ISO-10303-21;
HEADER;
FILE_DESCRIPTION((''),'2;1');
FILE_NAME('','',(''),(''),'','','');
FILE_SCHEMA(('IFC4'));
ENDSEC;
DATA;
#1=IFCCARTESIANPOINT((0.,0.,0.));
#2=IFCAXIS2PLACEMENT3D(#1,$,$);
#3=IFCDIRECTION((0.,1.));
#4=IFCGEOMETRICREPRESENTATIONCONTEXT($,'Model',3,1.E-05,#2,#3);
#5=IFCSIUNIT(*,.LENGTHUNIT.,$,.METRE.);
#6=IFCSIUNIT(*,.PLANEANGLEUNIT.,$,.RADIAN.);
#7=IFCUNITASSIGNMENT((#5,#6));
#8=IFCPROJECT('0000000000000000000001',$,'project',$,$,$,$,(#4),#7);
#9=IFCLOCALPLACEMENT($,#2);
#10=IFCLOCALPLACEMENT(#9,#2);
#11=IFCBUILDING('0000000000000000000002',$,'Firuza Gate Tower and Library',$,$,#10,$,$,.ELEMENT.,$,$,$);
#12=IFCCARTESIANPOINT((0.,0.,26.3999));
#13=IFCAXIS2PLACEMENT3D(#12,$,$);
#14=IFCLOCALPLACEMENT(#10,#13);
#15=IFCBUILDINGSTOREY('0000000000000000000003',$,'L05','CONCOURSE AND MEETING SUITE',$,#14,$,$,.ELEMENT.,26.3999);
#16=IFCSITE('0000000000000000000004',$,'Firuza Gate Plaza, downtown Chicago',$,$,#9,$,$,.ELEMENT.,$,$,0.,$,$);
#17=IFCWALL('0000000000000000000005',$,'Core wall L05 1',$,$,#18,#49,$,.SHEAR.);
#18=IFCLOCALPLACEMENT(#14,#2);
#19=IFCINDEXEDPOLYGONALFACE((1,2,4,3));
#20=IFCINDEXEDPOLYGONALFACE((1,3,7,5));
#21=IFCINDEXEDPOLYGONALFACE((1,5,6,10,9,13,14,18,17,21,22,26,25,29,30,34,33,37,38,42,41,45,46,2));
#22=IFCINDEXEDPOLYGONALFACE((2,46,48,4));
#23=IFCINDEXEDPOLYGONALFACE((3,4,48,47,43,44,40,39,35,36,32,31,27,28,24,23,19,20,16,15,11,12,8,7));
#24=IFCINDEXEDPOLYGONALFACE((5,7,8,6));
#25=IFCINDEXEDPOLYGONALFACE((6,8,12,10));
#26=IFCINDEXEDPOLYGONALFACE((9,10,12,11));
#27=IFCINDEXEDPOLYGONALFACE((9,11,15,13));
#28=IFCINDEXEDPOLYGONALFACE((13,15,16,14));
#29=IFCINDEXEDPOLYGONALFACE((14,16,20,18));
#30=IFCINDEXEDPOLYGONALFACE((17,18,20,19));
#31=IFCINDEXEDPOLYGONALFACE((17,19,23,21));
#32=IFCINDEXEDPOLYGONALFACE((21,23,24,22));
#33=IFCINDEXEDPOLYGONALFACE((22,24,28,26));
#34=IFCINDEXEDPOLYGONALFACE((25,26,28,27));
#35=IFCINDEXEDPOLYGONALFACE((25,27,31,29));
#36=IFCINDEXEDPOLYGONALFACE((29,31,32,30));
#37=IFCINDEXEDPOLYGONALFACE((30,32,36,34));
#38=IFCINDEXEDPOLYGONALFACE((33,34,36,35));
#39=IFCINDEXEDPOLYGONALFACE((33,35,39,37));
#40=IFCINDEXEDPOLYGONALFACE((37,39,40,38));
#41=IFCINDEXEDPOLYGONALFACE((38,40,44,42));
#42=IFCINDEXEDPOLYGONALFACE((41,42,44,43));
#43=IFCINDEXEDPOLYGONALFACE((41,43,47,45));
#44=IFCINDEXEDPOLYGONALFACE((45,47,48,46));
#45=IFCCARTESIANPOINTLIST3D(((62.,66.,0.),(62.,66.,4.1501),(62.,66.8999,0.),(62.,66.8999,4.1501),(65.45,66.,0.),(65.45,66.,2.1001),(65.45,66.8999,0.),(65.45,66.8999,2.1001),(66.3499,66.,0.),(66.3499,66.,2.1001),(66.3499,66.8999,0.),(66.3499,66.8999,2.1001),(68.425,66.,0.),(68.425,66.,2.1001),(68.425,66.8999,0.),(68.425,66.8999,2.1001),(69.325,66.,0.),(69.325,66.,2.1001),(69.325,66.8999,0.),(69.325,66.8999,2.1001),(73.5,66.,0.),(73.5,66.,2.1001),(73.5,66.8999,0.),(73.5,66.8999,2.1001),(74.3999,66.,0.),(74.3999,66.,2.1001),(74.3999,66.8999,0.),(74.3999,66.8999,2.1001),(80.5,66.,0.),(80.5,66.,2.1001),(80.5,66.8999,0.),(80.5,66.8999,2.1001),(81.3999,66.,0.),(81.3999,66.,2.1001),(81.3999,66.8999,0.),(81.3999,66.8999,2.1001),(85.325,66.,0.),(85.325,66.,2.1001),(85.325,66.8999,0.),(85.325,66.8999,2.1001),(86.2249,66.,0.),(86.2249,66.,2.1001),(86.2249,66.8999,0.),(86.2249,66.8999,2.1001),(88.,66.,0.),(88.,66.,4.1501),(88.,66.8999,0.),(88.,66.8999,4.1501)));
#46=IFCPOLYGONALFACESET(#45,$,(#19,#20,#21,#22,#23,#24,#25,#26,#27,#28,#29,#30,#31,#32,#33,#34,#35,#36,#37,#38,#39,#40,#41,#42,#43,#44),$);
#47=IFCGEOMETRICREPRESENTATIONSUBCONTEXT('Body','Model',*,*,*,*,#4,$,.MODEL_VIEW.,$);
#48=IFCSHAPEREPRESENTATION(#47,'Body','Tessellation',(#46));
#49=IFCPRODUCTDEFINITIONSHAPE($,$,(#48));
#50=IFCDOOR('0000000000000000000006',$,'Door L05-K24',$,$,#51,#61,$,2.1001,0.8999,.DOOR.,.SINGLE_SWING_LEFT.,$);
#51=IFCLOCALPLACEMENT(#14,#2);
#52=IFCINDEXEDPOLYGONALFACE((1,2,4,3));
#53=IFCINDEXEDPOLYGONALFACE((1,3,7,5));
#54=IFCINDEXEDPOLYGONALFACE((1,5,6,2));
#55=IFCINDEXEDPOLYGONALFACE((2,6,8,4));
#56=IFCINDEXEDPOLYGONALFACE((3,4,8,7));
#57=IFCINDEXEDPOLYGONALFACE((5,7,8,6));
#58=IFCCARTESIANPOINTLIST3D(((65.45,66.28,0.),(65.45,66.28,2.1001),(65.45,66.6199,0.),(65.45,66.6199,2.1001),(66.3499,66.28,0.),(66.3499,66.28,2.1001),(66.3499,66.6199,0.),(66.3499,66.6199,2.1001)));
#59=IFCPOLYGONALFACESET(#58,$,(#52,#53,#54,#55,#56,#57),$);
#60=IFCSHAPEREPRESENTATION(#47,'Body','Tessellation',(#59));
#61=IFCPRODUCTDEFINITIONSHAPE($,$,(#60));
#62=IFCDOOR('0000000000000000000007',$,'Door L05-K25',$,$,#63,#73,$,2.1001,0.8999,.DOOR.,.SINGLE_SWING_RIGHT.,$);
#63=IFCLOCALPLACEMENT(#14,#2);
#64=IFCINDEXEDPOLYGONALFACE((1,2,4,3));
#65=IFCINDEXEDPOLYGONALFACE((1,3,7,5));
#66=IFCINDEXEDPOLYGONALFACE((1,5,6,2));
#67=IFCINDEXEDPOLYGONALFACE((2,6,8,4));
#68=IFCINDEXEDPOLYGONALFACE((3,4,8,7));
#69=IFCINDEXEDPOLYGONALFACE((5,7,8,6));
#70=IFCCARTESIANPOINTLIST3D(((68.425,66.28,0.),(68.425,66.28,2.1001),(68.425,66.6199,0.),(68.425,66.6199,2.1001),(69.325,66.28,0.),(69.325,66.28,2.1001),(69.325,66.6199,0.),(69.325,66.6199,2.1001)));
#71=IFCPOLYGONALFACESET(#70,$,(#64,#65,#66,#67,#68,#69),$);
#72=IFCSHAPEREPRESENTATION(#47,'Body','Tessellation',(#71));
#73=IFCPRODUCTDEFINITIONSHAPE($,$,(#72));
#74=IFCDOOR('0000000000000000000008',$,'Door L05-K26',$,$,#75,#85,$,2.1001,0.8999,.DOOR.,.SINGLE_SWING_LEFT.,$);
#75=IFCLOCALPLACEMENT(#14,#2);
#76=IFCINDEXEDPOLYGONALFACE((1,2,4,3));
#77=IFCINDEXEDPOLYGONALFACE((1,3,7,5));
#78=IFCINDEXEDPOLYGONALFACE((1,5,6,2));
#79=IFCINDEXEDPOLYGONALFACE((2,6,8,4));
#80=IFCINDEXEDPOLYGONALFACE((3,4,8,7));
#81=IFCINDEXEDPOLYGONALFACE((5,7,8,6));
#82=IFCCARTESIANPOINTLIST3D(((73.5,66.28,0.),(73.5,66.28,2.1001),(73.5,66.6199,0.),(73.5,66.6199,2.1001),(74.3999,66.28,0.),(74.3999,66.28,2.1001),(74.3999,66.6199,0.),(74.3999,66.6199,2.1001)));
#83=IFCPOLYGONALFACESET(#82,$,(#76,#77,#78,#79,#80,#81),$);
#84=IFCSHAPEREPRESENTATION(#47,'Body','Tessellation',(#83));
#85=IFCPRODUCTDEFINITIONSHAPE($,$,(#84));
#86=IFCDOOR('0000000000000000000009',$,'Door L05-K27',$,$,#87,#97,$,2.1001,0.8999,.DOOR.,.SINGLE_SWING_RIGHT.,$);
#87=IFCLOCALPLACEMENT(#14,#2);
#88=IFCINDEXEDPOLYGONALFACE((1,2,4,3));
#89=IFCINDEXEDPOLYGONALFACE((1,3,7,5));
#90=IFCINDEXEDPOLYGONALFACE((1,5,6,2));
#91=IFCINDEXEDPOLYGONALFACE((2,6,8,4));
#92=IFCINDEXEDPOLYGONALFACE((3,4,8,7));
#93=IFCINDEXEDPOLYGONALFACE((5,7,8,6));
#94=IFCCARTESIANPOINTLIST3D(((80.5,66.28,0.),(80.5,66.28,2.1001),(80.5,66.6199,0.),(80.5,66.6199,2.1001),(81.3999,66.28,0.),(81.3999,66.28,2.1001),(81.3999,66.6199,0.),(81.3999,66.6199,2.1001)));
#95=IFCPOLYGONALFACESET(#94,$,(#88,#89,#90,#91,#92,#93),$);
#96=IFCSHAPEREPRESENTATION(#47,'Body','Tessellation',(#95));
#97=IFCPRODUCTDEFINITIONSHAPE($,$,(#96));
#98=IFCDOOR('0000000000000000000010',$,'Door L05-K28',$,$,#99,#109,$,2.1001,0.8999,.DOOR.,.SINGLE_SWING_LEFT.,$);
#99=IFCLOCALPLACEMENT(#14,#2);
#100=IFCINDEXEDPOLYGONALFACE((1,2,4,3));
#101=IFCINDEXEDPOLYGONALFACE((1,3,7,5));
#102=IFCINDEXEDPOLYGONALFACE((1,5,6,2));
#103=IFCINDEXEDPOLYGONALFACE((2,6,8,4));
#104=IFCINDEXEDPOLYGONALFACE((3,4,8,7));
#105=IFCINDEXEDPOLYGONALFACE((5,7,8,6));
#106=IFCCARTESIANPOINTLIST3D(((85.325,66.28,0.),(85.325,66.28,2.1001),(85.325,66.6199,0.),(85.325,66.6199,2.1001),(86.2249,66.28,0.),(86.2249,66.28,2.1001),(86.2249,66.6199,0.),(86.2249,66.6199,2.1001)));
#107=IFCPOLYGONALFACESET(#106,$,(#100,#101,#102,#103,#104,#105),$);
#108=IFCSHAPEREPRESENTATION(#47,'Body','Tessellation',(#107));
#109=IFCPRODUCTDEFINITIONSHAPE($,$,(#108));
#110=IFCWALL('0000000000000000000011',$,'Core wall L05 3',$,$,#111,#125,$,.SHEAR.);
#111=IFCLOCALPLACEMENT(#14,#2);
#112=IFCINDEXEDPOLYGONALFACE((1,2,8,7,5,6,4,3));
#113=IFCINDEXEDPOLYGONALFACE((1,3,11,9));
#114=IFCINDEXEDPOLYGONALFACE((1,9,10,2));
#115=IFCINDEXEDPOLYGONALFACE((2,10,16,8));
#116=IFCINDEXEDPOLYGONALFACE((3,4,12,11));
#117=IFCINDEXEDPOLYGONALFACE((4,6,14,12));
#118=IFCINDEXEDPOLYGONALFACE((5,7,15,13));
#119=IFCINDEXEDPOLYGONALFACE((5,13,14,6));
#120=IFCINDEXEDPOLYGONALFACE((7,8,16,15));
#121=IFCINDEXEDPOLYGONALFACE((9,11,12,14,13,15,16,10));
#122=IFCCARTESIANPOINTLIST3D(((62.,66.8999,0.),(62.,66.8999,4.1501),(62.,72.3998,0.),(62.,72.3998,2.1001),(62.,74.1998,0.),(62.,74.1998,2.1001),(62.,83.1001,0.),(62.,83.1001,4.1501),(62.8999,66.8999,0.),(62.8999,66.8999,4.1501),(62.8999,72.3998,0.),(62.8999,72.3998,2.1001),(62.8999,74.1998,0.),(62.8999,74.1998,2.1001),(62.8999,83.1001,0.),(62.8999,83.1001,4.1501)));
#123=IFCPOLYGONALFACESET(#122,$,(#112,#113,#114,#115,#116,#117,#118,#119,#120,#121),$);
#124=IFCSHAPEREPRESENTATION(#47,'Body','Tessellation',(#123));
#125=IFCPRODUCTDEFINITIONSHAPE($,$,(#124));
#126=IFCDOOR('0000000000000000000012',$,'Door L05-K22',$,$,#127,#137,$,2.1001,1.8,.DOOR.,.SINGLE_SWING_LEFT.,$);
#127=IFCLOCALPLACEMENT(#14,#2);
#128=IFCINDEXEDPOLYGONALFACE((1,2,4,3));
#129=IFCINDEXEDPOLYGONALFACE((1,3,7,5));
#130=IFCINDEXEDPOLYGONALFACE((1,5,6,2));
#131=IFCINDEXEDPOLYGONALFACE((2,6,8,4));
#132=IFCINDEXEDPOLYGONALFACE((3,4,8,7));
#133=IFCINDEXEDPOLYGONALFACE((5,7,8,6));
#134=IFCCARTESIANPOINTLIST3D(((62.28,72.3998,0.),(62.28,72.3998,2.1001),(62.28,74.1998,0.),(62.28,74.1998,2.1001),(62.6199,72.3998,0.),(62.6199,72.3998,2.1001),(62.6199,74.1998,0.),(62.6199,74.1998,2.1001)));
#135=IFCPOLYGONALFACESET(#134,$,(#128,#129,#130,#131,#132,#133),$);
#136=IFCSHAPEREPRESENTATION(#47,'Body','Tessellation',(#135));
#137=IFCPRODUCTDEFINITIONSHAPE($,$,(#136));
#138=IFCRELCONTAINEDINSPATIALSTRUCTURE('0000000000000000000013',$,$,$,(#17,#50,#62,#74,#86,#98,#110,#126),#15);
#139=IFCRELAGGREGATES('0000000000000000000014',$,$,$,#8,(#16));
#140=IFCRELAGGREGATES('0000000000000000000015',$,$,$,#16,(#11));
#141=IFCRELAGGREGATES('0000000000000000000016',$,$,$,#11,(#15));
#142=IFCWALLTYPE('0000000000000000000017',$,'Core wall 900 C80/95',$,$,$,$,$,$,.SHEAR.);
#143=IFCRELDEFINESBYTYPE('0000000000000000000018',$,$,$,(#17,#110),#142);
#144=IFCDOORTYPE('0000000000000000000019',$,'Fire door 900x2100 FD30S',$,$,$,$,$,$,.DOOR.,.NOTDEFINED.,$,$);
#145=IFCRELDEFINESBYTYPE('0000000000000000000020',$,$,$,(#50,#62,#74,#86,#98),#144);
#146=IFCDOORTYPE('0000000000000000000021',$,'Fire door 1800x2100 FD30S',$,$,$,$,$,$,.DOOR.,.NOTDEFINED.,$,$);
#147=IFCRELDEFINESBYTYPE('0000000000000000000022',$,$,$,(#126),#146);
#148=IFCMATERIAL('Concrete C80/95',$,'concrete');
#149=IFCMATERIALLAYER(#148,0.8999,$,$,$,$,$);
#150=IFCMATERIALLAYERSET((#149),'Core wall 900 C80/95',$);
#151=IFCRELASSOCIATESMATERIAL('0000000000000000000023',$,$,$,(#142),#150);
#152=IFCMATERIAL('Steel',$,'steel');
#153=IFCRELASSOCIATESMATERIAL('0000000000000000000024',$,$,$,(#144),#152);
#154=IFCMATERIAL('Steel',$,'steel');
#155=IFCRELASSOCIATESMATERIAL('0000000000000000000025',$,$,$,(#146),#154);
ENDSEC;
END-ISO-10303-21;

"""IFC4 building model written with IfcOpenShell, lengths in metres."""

from ifc_helpers import new_model, si_unit, direction, frame, frame_2d, origin, place, context, subcontext, project, spatial, rectangle, extrude, material, layer, layer_set, type_object, element, fill, save


model = new_model("IFC4")

# Units and contexts
model_context = context("Model", 3, precision=1e-05, world=origin(), true_north=direction((0.0, 1.0)))
body_context = subcontext(model_context, "Body", "Model", "MODEL_VIEW")
ifc_project = project(units=[si_unit("LENGTHUNIT", "METRE"), si_unit("PLANEANGLEUNIT", "RADIAN")], contexts=[model_context])

# Site, building, storey
site_placement = place(None, origin())
site = spatial("IfcSite", under=ifc_project, at=site_placement, Name="Firuza Gate Plaza, downtown Chicago", CompositionType="ELEMENT", RefElevation=0.0)
building_placement = place(site_placement, origin())
building = spatial("IfcBuilding", under=site, at=building_placement, Name="Firuza Gate Tower and Library", CompositionType="ELEMENT")
storey_placement = place(building_placement, frame((0.0, 0.0, 26.3999)))
storey = spatial("IfcBuildingStorey", under=building, at=storey_placement, Name="L05", Description="CONCOURSE AND MEETING SUITE", CompositionType="ELEMENT", Elevation=26.3999)

# Wall, openings, doors
ifc_material_1 = material(Name="Concrete C80/95", Category="concrete")
ifc_layer_1 = layer(ifc_material_1, 0.8999)
ifc_layer_set_1 = layer_set([ifc_layer_1], Name="Core wall 900 C80/95")
wall_type_1 = type_object("IfcWallType", Name="Core wall 900 C80/95", PredefinedType="SHEAR", material=ifc_layer_set_1)
wall_1_placement = place(storey_placement, frame((62.0, 66.45, 0.0), z_axis=(0.0, 0.0, 1.0), x_axis=(1.0, 0.0, 0.0)))
wall_1 = element("IfcWall", 1, at=wall_1_placement, inside=storey, type_object=wall_type_1, Name="Core wall L05 1", PredefinedType="SHEAR", context=body_context, shape_type="SweptSolid", body=[
    extrude(rectangle(XDim=26.0, YDim=0.8999, at=frame_2d((13.0, 0.0))), origin(), (0.0, 0.0, 1.0), 4.1501),
])
opening_1_placement = place(wall_1_placement, frame((3.45, 0.0, 0.0)))
opening_1 = element("IfcOpeningElement", 2, at=opening_1_placement, cuts=wall_1, PredefinedType="OPENING", context=body_context, shape_type="SweptSolid", body=[
    extrude(rectangle(XDim=0.8999, YDim=2.1001, at=frame_2d((0.45, 1.05))), frame((0.0, 0.46, 0.0), z_axis=(0.0, -1.0, 0.0), x_axis=(1.0, 0.0, 0.0)), (0.0, 0.0, 1.0), 0.9199),
])
opening_2_placement = place(wall_1_placement, frame((6.425, 0.0, 0.0)))
opening_2 = element("IfcOpeningElement", 3, at=opening_2_placement, cuts=wall_1, PredefinedType="OPENING", context=body_context, shape_type="SweptSolid", body=[
    extrude(rectangle(XDim=0.8999, YDim=2.1001, at=frame_2d((0.45, 1.05))), frame((0.0, 0.46, 0.0), z_axis=(0.0, -1.0, 0.0), x_axis=(1.0, 0.0, 0.0)), (0.0, 0.0, 1.0), 0.9199),
])
opening_3_placement = place(wall_1_placement, frame((11.5, 0.0, 0.0)))
opening_3 = element("IfcOpeningElement", 4, at=opening_3_placement, cuts=wall_1, PredefinedType="OPENING", context=body_context, shape_type="SweptSolid", body=[
    extrude(rectangle(XDim=0.8999, YDim=2.1001, at=frame_2d((0.45, 1.05))), frame((0.0, 0.46, 0.0), z_axis=(0.0, -1.0, 0.0), x_axis=(1.0, 0.0, 0.0)), (0.0, 0.0, 1.0), 0.9199),
])
opening_4_placement = place(wall_1_placement, frame((18.5, 0.0, 0.0)))
opening_4 = element("IfcOpeningElement", 5, at=opening_4_placement, cuts=wall_1, PredefinedType="OPENING", context=body_context, shape_type="SweptSolid", body=[
    extrude(rectangle(XDim=0.8999, YDim=2.1001, at=frame_2d((0.45, 1.05))), frame((0.0, 0.46, 0.0), z_axis=(0.0, -1.0, 0.0), x_axis=(1.0, 0.0, 0.0)), (0.0, 0.0, 1.0), 0.9199),
])
opening_5_placement = place(wall_1_placement, frame((23.325, 0.0, 0.0)))
opening_5 = element("IfcOpeningElement", 6, at=opening_5_placement, cuts=wall_1, PredefinedType="OPENING", context=body_context, shape_type="SweptSolid", body=[
    extrude(rectangle(XDim=0.8999, YDim=2.1001, at=frame_2d((0.45, 1.05))), frame((0.0, 0.46, 0.0), z_axis=(0.0, -1.0, 0.0), x_axis=(1.0, 0.0, 0.0)), (0.0, 0.0, 1.0), 0.9199),
])
ifc_material_2 = material(Name="Steel", Category="steel")
door_type_1 = type_object("IfcDoorType", Name="Fire door 900x2100 FD30S", OperationType="NOTDEFINED", PredefinedType="DOOR", material=ifc_material_2)
door_1_placement = place(opening_1_placement, origin())
door_1 = element("IfcDoor", 7, at=door_1_placement, inside=storey, type_object=door_type_1, Name="Door L05-K24", OperationType="SINGLE_SWING_LEFT", OverallHeight=2.1001, OverallWidth=0.8999, PredefinedType="DOOR", context=body_context, shape_type="SweptSolid", body=[
    extrude(rectangle(XDim=0.8999, YDim=2.1001, at=frame_2d((0.45, 1.05))), frame((0.0, 0.1699, 0.0), z_axis=(0.0, -1.0, 0.0), x_axis=(1.0, 0.0, 0.0)), (0.0, 0.0, 1.0), 0.3398),
])
fill(opening_1, door_1)
door_2_placement = place(opening_2_placement, origin())
door_2 = element("IfcDoor", 8, at=door_2_placement, inside=storey, type_object=door_type_1, Name="Door L05-K25", OperationType="SINGLE_SWING_RIGHT", OverallHeight=2.1001, OverallWidth=0.8999, PredefinedType="DOOR", context=body_context, shape_type="SweptSolid", body=[
    extrude(rectangle(XDim=0.8999, YDim=2.1001, at=frame_2d((0.45, 1.05))), frame((0.0, 0.1699, 0.0), z_axis=(0.0, -1.0, 0.0), x_axis=(1.0, 0.0, 0.0)), (0.0, 0.0, 1.0), 0.3398),
])
fill(opening_2, door_2)
door_3_placement = place(opening_3_placement, origin())
door_3 = element("IfcDoor", 9, at=door_3_placement, inside=storey, type_object=door_type_1, Name="Door L05-K26", OperationType="SINGLE_SWING_LEFT", OverallHeight=2.1001, OverallWidth=0.8999, PredefinedType="DOOR", context=body_context, shape_type="SweptSolid", body=[
    extrude(rectangle(XDim=0.8999, YDim=2.1001, at=frame_2d((0.45, 1.05))), frame((0.0, 0.1699, 0.0), z_axis=(0.0, -1.0, 0.0), x_axis=(1.0, 0.0, 0.0)), (0.0, 0.0, 1.0), 0.3398),
])
fill(opening_3, door_3)
door_4_placement = place(opening_4_placement, origin())
door_4 = element("IfcDoor", 10, at=door_4_placement, inside=storey, type_object=door_type_1, Name="Door L05-K27", OperationType="SINGLE_SWING_RIGHT", OverallHeight=2.1001, OverallWidth=0.8999, PredefinedType="DOOR", context=body_context, shape_type="SweptSolid", body=[
    extrude(rectangle(XDim=0.8999, YDim=2.1001, at=frame_2d((0.45, 1.05))), frame((0.0, 0.1699, 0.0), z_axis=(0.0, -1.0, 0.0), x_axis=(1.0, 0.0, 0.0)), (0.0, 0.0, 1.0), 0.3398),
])
fill(opening_4, door_4)
door_5_placement = place(opening_5_placement, origin())
door_5 = element("IfcDoor", 11, at=door_5_placement, inside=storey, type_object=door_type_1, Name="Door L05-K28", OperationType="SINGLE_SWING_LEFT", OverallHeight=2.1001, OverallWidth=0.8999, PredefinedType="DOOR", context=body_context, shape_type="SweptSolid", body=[
    extrude(rectangle(XDim=0.8999, YDim=2.1001, at=frame_2d((0.45, 1.05))), frame((0.0, 0.1699, 0.0), z_axis=(0.0, -1.0, 0.0), x_axis=(1.0, 0.0, 0.0)), (0.0, 0.0, 1.0), 0.3398),
])
fill(opening_5, door_5)

# Wall, opening, door
wall_2_placement = place(storey_placement, frame((62.45, 66.8999, 0.0), z_axis=(0.0, 0.0, 1.0), x_axis=(0.0, 1.0, 0.0)))
wall_2 = element("IfcWall", 12, at=wall_2_placement, inside=storey, type_object=wall_type_1, Name="Core wall L05 3", PredefinedType="SHEAR", context=body_context, shape_type="SweptSolid", body=[
    extrude(rectangle(XDim=16.2002, YDim=0.8999, at=frame_2d((8.1001, 0.0))), origin(), (0.0, 0.0, 1.0), 4.1501),
])
opening_6_placement = place(wall_2_placement, frame((5.5, 0.0, 0.0)))
opening_6 = element("IfcOpeningElement", 13, at=opening_6_placement, cuts=wall_2, PredefinedType="OPENING", context=body_context, shape_type="SweptSolid", body=[
    extrude(rectangle(XDim=1.8, YDim=2.1001, at=frame_2d((0.8999, 1.05))), frame((0.0, 0.46, 0.0), z_axis=(0.0, -1.0, 0.0), x_axis=(1.0, 0.0, 0.0)), (0.0, 0.0, 1.0), 0.9199),
])
ifc_material_3 = material(Name="Steel", Category="steel")
door_type_2 = type_object("IfcDoorType", Name="Fire door 1800x2100 FD30S", OperationType="NOTDEFINED", PredefinedType="DOOR", material=ifc_material_3)
door_6_placement = place(opening_6_placement, origin())
door_6 = element("IfcDoor", 14, at=door_6_placement, inside=storey, type_object=door_type_2, Name="Door L05-K22", OperationType="SINGLE_SWING_LEFT", OverallHeight=2.1001, OverallWidth=1.8, PredefinedType="DOOR", context=body_context, shape_type="SweptSolid", body=[
    extrude(rectangle(XDim=1.8, YDim=2.1001, at=frame_2d((0.8999, 1.05))), frame((0.0, 0.1699, 0.0), z_axis=(0.0, -1.0, 0.0), x_axis=(1.0, 0.0, 0.0)), (0.0, 0.0, 1.0), 0.3398),
])
fill(opening_6, door_6)

save(model, "model.ifc")
